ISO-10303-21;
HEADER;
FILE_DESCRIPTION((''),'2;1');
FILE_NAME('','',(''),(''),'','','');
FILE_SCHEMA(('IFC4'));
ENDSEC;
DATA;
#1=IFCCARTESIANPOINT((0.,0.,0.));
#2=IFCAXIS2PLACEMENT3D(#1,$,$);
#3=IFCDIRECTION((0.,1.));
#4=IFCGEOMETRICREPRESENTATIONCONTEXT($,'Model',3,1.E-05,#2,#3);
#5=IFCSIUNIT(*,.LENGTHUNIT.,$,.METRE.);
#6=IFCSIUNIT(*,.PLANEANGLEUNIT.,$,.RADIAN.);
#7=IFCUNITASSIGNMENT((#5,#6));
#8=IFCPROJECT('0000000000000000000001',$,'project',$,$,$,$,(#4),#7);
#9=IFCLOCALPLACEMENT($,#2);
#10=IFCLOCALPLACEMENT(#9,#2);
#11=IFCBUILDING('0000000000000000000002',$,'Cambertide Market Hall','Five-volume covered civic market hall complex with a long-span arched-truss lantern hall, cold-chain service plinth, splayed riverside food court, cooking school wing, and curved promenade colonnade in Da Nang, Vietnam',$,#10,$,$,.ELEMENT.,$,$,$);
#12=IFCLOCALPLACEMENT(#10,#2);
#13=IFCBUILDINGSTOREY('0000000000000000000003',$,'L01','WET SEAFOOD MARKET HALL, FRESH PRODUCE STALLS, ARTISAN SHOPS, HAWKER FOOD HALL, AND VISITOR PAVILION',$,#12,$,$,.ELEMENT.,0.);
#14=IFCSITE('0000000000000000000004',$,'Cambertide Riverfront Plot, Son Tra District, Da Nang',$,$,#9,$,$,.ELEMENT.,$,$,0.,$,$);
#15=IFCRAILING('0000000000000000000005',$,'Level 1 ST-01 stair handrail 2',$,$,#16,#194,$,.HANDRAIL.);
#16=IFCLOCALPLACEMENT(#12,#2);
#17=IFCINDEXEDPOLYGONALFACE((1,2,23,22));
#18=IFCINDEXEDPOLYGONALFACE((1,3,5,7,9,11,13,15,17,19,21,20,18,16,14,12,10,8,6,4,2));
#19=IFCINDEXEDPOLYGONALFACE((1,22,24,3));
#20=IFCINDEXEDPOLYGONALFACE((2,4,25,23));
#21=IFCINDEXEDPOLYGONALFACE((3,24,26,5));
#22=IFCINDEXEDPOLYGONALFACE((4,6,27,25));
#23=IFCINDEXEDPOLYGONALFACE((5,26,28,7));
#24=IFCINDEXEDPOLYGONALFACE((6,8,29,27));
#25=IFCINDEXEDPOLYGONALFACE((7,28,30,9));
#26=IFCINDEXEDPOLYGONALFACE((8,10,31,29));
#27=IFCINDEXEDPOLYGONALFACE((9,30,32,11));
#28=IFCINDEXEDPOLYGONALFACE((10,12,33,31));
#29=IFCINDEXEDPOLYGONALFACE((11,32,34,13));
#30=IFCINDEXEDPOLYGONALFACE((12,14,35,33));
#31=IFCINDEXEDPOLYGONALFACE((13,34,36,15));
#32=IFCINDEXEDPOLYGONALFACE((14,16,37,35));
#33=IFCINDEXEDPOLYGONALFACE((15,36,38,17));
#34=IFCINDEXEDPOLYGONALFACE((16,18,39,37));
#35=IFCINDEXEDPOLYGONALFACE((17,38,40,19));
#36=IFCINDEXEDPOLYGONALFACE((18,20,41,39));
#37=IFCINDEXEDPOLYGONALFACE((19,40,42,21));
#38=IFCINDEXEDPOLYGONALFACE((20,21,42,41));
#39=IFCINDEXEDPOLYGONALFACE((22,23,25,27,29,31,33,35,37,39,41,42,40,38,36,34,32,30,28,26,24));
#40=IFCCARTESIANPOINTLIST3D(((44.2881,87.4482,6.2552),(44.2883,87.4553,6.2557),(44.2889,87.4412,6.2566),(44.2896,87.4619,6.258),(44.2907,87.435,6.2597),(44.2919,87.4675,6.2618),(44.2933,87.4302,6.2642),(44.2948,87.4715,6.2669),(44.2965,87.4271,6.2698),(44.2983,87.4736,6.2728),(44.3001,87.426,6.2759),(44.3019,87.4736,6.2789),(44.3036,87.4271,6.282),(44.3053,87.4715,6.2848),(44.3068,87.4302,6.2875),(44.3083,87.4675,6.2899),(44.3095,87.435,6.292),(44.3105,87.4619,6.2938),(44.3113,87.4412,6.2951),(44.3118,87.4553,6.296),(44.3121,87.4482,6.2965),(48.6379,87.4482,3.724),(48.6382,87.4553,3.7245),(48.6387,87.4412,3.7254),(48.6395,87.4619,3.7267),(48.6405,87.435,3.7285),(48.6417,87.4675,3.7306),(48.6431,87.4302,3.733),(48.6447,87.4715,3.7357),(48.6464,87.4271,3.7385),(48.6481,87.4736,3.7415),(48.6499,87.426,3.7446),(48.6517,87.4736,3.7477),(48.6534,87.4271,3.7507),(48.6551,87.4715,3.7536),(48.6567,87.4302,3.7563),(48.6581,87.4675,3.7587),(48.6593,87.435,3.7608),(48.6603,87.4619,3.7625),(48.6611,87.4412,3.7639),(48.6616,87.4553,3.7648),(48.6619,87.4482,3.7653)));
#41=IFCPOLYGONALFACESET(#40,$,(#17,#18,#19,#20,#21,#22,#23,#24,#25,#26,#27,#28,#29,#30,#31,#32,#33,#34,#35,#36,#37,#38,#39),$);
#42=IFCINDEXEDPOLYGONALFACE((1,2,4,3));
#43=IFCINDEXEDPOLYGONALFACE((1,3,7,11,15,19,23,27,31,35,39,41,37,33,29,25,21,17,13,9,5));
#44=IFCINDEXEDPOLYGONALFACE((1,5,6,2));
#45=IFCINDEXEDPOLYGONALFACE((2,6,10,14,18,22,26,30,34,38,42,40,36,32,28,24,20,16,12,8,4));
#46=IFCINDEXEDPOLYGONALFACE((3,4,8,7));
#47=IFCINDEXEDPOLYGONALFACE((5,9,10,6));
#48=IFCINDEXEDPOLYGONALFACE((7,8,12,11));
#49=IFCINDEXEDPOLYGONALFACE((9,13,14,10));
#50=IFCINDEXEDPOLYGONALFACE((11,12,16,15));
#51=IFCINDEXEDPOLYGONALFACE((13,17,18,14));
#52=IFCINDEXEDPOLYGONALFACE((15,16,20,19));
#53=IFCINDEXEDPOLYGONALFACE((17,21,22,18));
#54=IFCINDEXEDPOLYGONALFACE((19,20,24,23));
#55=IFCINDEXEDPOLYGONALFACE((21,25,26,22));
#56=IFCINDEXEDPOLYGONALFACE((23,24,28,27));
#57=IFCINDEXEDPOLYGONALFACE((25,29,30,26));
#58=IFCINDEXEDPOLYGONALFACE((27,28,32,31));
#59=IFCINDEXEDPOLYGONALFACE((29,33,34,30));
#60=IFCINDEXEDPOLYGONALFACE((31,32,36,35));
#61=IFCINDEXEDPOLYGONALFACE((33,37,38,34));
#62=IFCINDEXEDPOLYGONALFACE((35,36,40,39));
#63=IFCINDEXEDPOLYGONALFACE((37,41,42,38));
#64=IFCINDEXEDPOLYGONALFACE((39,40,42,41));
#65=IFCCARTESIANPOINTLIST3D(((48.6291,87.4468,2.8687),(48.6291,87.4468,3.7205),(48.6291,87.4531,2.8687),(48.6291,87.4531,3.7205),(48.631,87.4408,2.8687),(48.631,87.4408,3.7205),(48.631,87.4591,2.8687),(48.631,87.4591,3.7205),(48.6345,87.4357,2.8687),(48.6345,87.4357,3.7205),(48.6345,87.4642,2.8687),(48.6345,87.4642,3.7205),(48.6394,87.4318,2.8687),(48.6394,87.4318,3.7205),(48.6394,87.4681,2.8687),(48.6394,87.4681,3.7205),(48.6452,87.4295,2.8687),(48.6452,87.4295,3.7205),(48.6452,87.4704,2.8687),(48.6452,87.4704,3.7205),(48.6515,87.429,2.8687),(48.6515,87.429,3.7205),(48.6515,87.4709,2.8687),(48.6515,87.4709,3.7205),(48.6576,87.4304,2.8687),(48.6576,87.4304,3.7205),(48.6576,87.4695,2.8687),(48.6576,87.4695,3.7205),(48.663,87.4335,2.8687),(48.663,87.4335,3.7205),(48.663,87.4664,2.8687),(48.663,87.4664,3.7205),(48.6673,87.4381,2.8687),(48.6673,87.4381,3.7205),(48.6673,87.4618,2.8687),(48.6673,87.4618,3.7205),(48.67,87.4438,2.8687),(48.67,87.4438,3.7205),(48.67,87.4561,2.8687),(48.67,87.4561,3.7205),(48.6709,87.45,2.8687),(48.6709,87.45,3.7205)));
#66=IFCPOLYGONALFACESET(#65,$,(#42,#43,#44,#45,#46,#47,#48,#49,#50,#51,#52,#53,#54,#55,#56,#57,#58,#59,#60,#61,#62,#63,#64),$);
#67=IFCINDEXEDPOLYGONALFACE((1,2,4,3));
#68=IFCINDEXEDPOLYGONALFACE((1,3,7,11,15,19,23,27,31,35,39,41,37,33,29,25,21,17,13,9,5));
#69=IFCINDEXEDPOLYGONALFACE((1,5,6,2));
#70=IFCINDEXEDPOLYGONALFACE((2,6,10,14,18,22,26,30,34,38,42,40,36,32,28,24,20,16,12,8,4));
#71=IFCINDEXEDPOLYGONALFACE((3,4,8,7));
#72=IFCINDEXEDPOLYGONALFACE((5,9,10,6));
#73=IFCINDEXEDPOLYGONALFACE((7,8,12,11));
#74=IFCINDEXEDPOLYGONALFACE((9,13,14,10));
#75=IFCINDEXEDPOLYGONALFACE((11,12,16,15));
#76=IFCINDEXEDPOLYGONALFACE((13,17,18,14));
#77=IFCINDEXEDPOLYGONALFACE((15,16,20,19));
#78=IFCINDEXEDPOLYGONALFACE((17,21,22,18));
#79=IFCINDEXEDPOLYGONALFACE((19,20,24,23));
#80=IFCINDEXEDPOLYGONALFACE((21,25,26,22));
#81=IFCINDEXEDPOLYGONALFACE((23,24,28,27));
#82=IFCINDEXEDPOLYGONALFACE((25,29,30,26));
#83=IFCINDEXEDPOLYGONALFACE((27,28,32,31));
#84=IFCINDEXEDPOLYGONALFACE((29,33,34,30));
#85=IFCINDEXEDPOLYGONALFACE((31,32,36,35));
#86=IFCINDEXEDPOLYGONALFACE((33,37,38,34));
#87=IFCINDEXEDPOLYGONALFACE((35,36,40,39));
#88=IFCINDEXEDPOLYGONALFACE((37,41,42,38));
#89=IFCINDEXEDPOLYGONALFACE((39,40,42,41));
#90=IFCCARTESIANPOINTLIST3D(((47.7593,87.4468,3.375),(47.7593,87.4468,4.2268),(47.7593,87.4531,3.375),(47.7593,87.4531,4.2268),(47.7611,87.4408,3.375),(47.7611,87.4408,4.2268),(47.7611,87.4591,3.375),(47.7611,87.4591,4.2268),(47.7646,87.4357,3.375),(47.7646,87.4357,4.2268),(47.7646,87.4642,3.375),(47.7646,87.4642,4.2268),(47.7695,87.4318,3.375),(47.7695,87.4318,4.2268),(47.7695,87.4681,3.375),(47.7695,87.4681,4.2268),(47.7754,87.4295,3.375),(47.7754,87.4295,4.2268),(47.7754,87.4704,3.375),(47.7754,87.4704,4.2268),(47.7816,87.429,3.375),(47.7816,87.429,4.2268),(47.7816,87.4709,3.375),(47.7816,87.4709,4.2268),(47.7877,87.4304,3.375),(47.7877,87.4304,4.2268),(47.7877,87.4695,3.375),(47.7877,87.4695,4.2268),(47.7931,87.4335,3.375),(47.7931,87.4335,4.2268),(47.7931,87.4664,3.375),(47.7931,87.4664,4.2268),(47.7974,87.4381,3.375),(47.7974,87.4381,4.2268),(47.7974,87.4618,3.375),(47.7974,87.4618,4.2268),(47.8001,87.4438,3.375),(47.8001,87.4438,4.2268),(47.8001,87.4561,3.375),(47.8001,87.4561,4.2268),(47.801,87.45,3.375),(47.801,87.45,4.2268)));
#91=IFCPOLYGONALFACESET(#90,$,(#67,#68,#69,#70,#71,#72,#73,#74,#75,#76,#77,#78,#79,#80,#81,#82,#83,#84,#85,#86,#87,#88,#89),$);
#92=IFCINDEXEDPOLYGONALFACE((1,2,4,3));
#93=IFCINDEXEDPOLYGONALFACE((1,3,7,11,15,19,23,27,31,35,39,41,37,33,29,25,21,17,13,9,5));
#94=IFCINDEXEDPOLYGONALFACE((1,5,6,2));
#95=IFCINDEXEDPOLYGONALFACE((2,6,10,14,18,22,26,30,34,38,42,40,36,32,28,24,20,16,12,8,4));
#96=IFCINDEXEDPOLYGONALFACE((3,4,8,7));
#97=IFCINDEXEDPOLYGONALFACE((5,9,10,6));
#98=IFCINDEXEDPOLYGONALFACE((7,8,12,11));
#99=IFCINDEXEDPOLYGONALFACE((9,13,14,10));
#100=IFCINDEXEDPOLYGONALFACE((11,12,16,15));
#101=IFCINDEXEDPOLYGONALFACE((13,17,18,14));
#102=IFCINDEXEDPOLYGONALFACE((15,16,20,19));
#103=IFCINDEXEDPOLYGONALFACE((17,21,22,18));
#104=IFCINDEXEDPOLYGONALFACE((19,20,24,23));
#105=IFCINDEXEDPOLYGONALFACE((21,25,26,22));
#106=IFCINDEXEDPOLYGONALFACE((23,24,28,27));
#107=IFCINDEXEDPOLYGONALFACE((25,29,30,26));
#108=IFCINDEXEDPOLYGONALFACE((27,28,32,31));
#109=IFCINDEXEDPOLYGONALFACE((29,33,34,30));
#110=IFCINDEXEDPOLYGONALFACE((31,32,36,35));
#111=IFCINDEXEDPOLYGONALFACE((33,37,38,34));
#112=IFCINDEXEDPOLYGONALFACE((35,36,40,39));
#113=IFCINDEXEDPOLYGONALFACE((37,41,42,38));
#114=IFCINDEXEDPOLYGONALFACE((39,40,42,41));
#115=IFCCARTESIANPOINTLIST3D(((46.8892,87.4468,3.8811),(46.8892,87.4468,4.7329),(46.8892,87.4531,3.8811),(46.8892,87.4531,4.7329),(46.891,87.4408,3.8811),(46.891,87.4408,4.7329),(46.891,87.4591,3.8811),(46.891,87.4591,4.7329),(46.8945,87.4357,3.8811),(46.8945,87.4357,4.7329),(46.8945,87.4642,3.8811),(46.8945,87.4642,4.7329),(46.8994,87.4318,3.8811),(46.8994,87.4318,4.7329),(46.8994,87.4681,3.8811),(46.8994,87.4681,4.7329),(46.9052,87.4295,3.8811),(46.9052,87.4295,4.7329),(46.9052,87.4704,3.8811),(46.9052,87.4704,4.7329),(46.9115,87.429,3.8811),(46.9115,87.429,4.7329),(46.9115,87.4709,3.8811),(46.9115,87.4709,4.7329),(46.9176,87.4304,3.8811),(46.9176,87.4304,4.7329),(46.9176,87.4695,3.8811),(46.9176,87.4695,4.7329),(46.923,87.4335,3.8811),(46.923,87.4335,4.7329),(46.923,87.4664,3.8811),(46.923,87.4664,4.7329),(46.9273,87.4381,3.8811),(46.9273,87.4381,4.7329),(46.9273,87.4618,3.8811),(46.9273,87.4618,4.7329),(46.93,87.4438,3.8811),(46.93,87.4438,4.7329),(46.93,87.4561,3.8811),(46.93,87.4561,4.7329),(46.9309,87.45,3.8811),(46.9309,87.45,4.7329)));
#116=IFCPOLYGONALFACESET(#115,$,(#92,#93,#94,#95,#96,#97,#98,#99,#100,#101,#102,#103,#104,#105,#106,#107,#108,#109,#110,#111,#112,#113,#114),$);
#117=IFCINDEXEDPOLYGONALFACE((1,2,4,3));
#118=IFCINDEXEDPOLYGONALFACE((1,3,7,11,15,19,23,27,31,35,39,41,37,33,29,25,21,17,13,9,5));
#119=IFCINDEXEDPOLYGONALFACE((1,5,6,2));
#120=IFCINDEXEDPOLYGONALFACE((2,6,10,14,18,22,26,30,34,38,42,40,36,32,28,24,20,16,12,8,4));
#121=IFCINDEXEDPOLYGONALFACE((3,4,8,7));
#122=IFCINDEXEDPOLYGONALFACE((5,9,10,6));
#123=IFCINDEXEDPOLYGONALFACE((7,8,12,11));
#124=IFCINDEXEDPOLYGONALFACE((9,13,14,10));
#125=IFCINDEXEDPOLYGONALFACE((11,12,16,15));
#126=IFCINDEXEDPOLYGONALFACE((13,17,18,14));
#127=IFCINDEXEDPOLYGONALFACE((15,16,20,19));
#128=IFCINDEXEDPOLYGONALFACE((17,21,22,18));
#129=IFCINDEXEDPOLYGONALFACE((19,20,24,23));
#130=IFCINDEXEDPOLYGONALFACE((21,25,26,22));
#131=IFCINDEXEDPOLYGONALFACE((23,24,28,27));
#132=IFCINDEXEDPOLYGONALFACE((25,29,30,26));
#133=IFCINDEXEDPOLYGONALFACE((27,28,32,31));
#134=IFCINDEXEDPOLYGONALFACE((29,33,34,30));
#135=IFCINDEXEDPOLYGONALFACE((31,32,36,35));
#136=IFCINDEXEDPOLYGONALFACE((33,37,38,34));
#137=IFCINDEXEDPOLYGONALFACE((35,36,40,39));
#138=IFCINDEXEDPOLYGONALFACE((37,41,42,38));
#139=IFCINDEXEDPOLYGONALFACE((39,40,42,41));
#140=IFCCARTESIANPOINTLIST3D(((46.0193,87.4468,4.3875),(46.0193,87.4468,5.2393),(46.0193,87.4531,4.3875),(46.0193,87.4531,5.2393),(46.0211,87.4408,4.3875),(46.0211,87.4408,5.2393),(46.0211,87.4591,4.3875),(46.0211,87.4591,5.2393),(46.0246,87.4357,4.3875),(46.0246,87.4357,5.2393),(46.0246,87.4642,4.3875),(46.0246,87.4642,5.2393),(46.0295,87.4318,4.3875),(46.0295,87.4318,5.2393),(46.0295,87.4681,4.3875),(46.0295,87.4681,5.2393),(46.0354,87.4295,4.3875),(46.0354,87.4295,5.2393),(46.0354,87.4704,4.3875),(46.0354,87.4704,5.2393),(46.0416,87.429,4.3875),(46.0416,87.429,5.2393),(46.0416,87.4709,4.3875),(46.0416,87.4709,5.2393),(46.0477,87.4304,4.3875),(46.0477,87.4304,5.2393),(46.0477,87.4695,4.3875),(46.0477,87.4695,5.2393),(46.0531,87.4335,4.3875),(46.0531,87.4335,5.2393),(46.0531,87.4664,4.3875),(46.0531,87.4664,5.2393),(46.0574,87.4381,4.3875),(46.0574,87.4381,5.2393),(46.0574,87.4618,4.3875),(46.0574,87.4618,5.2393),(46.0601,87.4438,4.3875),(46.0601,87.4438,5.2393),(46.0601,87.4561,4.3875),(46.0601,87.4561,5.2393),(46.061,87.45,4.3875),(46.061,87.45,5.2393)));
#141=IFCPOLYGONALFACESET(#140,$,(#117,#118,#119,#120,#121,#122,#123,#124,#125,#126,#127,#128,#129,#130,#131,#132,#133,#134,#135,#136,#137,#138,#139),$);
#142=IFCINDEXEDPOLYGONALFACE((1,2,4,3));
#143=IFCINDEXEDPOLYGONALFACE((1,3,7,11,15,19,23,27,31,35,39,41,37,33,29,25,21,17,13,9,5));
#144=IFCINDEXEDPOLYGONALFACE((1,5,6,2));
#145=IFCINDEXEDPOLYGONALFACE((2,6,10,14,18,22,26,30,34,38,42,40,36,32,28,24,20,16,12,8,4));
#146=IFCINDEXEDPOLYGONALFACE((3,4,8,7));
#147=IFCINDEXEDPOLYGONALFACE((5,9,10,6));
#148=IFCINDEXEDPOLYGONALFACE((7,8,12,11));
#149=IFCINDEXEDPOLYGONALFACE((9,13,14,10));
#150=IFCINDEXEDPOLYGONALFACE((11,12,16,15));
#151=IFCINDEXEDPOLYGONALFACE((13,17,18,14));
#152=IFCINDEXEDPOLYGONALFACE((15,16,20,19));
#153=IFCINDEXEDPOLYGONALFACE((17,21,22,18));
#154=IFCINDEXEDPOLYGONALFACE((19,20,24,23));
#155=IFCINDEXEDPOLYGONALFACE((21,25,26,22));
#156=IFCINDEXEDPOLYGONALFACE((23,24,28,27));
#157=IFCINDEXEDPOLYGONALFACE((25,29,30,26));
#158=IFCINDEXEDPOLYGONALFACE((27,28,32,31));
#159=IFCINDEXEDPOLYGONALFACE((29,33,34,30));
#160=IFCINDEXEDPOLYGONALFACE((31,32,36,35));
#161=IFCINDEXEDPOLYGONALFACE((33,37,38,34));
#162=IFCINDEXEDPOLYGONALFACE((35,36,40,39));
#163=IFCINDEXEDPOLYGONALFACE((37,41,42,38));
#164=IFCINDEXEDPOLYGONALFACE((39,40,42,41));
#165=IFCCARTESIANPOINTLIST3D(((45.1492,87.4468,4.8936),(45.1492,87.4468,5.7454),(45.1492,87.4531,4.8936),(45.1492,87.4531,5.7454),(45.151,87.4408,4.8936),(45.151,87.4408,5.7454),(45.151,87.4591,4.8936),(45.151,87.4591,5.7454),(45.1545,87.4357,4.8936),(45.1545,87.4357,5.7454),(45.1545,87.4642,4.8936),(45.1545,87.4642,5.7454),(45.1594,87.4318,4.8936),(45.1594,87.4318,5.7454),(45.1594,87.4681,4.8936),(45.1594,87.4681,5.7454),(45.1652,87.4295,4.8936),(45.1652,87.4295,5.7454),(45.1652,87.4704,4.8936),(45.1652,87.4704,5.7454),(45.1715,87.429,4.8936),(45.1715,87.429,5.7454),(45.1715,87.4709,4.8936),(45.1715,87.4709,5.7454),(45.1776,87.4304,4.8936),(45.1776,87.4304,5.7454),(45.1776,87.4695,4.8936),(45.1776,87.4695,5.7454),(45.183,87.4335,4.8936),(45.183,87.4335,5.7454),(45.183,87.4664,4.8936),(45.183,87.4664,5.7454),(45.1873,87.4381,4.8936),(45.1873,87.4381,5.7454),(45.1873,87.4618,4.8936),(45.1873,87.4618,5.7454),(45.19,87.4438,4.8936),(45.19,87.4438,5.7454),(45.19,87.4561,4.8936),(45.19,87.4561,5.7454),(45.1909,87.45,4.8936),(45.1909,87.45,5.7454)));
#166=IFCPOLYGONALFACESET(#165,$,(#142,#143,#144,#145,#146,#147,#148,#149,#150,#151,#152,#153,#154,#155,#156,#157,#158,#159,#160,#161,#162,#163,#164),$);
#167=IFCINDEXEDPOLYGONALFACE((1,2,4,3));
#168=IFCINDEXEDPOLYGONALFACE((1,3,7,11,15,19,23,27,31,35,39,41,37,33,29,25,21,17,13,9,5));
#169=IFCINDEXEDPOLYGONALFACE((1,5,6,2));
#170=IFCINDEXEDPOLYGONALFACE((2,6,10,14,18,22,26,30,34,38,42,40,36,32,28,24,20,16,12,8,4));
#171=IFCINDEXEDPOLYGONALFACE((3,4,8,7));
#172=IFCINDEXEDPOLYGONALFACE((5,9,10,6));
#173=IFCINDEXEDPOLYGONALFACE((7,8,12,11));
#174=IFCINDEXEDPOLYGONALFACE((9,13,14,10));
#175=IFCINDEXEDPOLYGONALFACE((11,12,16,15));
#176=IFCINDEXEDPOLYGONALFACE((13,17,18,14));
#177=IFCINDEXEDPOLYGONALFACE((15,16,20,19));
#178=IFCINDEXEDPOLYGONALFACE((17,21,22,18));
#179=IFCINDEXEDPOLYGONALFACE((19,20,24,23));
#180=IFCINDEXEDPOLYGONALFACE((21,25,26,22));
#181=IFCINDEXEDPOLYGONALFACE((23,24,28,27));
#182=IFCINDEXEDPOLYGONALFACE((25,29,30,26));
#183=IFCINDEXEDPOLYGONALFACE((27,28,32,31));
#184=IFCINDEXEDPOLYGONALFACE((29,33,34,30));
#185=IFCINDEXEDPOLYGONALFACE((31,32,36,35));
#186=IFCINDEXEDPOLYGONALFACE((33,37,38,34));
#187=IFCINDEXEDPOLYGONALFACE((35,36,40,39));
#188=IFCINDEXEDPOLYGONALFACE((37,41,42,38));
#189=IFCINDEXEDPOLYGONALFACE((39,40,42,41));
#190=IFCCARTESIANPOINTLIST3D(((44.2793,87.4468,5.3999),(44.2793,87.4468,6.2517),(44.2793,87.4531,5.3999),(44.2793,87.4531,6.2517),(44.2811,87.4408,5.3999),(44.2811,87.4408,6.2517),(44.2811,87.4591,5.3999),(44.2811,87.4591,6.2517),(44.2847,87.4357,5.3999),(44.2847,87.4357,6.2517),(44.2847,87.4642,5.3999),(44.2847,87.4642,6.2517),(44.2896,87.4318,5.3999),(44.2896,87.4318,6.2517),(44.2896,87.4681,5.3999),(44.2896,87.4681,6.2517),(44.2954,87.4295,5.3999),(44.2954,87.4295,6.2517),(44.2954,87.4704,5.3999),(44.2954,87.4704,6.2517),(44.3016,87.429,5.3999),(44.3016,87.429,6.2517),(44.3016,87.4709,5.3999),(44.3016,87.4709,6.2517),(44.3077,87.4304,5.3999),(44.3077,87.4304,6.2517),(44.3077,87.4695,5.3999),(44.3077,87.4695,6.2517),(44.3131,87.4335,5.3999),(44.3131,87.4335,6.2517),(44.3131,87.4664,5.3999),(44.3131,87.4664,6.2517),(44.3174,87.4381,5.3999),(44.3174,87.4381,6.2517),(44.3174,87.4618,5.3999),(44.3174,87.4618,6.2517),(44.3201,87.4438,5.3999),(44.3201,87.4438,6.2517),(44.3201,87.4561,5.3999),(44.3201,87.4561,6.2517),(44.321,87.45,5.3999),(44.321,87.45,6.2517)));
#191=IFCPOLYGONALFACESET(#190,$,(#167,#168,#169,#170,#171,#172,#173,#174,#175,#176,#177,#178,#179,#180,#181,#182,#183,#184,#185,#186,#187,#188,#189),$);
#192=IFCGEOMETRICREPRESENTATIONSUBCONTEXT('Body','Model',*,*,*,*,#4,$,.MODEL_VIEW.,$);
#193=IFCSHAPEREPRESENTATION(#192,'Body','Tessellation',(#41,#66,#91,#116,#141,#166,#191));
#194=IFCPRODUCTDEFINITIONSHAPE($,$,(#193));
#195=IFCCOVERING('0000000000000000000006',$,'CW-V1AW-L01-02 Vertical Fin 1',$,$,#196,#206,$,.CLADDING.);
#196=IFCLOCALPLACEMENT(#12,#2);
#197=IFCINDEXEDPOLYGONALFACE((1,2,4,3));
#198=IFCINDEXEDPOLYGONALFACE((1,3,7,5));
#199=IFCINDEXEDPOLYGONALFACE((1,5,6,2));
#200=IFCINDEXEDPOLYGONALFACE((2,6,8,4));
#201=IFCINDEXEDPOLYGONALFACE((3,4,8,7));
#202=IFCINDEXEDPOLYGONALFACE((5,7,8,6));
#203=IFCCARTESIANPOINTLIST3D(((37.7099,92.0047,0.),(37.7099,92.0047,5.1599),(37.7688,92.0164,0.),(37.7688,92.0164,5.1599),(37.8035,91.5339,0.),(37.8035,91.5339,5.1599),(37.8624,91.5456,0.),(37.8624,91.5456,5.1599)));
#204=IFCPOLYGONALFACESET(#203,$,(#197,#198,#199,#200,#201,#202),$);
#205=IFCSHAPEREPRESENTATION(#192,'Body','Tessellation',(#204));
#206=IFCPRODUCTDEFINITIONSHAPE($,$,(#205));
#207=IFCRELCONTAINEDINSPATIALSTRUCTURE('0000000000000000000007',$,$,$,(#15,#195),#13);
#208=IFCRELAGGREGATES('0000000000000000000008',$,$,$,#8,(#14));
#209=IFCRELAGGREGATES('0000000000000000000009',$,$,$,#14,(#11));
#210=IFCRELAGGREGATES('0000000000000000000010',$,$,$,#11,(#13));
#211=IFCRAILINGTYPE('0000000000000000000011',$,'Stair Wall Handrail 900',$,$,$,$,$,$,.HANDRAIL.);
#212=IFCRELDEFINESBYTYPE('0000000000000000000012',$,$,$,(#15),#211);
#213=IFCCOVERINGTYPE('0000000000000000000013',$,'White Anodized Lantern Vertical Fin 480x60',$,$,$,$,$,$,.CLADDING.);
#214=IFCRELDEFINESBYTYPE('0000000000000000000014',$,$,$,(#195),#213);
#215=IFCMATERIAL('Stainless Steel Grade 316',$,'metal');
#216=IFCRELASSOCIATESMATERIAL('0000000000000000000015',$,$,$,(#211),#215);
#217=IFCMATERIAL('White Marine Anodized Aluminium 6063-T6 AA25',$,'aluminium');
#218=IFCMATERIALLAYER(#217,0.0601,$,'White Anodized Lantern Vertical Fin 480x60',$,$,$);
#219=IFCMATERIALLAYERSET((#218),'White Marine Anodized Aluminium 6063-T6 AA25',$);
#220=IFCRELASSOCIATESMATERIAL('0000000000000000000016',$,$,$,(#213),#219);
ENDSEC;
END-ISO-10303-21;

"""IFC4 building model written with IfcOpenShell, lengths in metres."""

from ifc_helpers import new_model, si_unit, direction, frame, origin, origin_2d, place, context, subcontext, project, spatial, rectangle, circle, extrude, material, layer, layer_set, type_object, element, save


model = new_model("IFC4")

# Units and contexts
model_context = context("Model", 3, precision=1e-05, world=origin(), true_north=direction((0.0, 1.0)))
body_context = subcontext(model_context, "Body", "Model", "MODEL_VIEW")
ifc_project = project(units=[si_unit("LENGTHUNIT", "METRE"), si_unit("PLANEANGLEUNIT", "RADIAN")], contexts=[model_context])

# Site, building, storey
site_placement = place(None, origin())
site = spatial("IfcSite", under=ifc_project, at=site_placement, Name="Cambertide Riverfront Plot, Son Tra District, Da Nang", CompositionType="ELEMENT", RefElevation=0.0)
building_placement = place(site_placement, origin())
building = spatial("IfcBuilding", under=site, at=building_placement, Name="Cambertide Market Hall", Description="Five-volume covered civic market hall complex with a long-span arched-truss lantern hall, cold-chain service plinth, splayed riverside food court, cooking school wing, and curved promenade colonnade in Da Nang, Vietnam", CompositionType="ELEMENT")
storey_placement = place(building_placement, origin())
storey = spatial("IfcBuildingStorey", under=building, at=storey_placement, Name="L01", Description="WET SEAFOOD MARKET HALL, FRESH PRODUCE STALLS, ARTISAN SHOPS, HAWKER FOOD HALL, AND VISITOR PAVILION", CompositionType="ELEMENT", Elevation=0.0)

# Railing
ifc_material_1 = material(Name="Stainless Steel Grade 316", Category="metal")
railing_type = type_object("IfcRailingType", Name="Stair Wall Handrail 900", PredefinedType="HANDRAIL", material=ifc_material_1)
railing_placement = place(storey_placement, frame((48.6499, 87.45, 2.8687)))
element("IfcRailing", 1, at=railing_placement, inside=storey, type_object=railing_type, Name="Level 1 ST-01 stair handrail 2", PredefinedType="HANDRAIL", context=body_context, shape_type="SweptSolid", body=[
    extrude(circle(Radius=0.0239, at=origin_2d()), frame((0.0, 0.0, 0.876), z_axis=(-0.864312, 0.0, 0.502957), x_axis=(0.0, -1.0, 0.0)), (0.0, 0.0, 1.0), 5.0327),
    extrude(circle(Radius=0.021, at=origin_2d()), origin(), (0.0, 0.0, 1.0), 0.8518),
    extrude(circle(Radius=0.021, at=origin_2d()), frame((-0.8699, 0.0, 0.5063)), (0.0, 0.0, 1.0), 0.8518),
    extrude(circle(Radius=0.021, at=origin_2d()), frame((-1.74, 0.0, 1.0125)), (0.0, 0.0, 1.0), 0.8518),
    extrude(circle(Radius=0.021, at=origin_2d()), frame((-2.6099, 0.0, 1.5188)), (0.0, 0.0, 1.0), 0.8518),
    extrude(circle(Radius=0.021, at=origin_2d()), frame((-3.48, 0.0, 2.0249)), (0.0, 0.0, 1.0), 0.8518),
    extrude(circle(Radius=0.021, at=origin_2d()), frame((-4.3499, 0.0, 2.5312)), (0.0, 0.0, 1.0), 0.8518),
])

# Covering
ifc_material_2 = material(Name="White Marine Anodized Aluminium 6063-T6 AA25", Category="aluminium")
ifc_layer_1 = layer(ifc_material_2, 0.0601, Name="White Anodized Lantern Vertical Fin 480x60")
ifc_layer_set_1 = layer_set([ifc_layer_1], Name="White Marine Anodized Aluminium 6063-T6 AA25")
covering_type = type_object("IfcCoveringType", Name="White Anodized Lantern Vertical Fin 480x60", PredefinedType="CLADDING", material=ifc_layer_set_1)
covering_placement = place(storey_placement, frame((37.7861, 91.7751, 0.0), z_axis=(0.0, 0.0, 1.0), x_axis=(0.980785, 0.19509, 0.0)))
element("IfcCovering", 2, at=covering_placement, inside=storey, type_object=covering_type, Name="CW-V1AW-L01-02 Vertical Fin 1", PredefinedType="CLADDING", context=body_context, shape_type="SweptSolid", body=[
    extrude(rectangle(XDim=0.0601, YDim=0.48, at=origin_2d()), origin(), (0.0, 0.0, 1.0), 5.1599),
])

save(model, "model.ifc")
